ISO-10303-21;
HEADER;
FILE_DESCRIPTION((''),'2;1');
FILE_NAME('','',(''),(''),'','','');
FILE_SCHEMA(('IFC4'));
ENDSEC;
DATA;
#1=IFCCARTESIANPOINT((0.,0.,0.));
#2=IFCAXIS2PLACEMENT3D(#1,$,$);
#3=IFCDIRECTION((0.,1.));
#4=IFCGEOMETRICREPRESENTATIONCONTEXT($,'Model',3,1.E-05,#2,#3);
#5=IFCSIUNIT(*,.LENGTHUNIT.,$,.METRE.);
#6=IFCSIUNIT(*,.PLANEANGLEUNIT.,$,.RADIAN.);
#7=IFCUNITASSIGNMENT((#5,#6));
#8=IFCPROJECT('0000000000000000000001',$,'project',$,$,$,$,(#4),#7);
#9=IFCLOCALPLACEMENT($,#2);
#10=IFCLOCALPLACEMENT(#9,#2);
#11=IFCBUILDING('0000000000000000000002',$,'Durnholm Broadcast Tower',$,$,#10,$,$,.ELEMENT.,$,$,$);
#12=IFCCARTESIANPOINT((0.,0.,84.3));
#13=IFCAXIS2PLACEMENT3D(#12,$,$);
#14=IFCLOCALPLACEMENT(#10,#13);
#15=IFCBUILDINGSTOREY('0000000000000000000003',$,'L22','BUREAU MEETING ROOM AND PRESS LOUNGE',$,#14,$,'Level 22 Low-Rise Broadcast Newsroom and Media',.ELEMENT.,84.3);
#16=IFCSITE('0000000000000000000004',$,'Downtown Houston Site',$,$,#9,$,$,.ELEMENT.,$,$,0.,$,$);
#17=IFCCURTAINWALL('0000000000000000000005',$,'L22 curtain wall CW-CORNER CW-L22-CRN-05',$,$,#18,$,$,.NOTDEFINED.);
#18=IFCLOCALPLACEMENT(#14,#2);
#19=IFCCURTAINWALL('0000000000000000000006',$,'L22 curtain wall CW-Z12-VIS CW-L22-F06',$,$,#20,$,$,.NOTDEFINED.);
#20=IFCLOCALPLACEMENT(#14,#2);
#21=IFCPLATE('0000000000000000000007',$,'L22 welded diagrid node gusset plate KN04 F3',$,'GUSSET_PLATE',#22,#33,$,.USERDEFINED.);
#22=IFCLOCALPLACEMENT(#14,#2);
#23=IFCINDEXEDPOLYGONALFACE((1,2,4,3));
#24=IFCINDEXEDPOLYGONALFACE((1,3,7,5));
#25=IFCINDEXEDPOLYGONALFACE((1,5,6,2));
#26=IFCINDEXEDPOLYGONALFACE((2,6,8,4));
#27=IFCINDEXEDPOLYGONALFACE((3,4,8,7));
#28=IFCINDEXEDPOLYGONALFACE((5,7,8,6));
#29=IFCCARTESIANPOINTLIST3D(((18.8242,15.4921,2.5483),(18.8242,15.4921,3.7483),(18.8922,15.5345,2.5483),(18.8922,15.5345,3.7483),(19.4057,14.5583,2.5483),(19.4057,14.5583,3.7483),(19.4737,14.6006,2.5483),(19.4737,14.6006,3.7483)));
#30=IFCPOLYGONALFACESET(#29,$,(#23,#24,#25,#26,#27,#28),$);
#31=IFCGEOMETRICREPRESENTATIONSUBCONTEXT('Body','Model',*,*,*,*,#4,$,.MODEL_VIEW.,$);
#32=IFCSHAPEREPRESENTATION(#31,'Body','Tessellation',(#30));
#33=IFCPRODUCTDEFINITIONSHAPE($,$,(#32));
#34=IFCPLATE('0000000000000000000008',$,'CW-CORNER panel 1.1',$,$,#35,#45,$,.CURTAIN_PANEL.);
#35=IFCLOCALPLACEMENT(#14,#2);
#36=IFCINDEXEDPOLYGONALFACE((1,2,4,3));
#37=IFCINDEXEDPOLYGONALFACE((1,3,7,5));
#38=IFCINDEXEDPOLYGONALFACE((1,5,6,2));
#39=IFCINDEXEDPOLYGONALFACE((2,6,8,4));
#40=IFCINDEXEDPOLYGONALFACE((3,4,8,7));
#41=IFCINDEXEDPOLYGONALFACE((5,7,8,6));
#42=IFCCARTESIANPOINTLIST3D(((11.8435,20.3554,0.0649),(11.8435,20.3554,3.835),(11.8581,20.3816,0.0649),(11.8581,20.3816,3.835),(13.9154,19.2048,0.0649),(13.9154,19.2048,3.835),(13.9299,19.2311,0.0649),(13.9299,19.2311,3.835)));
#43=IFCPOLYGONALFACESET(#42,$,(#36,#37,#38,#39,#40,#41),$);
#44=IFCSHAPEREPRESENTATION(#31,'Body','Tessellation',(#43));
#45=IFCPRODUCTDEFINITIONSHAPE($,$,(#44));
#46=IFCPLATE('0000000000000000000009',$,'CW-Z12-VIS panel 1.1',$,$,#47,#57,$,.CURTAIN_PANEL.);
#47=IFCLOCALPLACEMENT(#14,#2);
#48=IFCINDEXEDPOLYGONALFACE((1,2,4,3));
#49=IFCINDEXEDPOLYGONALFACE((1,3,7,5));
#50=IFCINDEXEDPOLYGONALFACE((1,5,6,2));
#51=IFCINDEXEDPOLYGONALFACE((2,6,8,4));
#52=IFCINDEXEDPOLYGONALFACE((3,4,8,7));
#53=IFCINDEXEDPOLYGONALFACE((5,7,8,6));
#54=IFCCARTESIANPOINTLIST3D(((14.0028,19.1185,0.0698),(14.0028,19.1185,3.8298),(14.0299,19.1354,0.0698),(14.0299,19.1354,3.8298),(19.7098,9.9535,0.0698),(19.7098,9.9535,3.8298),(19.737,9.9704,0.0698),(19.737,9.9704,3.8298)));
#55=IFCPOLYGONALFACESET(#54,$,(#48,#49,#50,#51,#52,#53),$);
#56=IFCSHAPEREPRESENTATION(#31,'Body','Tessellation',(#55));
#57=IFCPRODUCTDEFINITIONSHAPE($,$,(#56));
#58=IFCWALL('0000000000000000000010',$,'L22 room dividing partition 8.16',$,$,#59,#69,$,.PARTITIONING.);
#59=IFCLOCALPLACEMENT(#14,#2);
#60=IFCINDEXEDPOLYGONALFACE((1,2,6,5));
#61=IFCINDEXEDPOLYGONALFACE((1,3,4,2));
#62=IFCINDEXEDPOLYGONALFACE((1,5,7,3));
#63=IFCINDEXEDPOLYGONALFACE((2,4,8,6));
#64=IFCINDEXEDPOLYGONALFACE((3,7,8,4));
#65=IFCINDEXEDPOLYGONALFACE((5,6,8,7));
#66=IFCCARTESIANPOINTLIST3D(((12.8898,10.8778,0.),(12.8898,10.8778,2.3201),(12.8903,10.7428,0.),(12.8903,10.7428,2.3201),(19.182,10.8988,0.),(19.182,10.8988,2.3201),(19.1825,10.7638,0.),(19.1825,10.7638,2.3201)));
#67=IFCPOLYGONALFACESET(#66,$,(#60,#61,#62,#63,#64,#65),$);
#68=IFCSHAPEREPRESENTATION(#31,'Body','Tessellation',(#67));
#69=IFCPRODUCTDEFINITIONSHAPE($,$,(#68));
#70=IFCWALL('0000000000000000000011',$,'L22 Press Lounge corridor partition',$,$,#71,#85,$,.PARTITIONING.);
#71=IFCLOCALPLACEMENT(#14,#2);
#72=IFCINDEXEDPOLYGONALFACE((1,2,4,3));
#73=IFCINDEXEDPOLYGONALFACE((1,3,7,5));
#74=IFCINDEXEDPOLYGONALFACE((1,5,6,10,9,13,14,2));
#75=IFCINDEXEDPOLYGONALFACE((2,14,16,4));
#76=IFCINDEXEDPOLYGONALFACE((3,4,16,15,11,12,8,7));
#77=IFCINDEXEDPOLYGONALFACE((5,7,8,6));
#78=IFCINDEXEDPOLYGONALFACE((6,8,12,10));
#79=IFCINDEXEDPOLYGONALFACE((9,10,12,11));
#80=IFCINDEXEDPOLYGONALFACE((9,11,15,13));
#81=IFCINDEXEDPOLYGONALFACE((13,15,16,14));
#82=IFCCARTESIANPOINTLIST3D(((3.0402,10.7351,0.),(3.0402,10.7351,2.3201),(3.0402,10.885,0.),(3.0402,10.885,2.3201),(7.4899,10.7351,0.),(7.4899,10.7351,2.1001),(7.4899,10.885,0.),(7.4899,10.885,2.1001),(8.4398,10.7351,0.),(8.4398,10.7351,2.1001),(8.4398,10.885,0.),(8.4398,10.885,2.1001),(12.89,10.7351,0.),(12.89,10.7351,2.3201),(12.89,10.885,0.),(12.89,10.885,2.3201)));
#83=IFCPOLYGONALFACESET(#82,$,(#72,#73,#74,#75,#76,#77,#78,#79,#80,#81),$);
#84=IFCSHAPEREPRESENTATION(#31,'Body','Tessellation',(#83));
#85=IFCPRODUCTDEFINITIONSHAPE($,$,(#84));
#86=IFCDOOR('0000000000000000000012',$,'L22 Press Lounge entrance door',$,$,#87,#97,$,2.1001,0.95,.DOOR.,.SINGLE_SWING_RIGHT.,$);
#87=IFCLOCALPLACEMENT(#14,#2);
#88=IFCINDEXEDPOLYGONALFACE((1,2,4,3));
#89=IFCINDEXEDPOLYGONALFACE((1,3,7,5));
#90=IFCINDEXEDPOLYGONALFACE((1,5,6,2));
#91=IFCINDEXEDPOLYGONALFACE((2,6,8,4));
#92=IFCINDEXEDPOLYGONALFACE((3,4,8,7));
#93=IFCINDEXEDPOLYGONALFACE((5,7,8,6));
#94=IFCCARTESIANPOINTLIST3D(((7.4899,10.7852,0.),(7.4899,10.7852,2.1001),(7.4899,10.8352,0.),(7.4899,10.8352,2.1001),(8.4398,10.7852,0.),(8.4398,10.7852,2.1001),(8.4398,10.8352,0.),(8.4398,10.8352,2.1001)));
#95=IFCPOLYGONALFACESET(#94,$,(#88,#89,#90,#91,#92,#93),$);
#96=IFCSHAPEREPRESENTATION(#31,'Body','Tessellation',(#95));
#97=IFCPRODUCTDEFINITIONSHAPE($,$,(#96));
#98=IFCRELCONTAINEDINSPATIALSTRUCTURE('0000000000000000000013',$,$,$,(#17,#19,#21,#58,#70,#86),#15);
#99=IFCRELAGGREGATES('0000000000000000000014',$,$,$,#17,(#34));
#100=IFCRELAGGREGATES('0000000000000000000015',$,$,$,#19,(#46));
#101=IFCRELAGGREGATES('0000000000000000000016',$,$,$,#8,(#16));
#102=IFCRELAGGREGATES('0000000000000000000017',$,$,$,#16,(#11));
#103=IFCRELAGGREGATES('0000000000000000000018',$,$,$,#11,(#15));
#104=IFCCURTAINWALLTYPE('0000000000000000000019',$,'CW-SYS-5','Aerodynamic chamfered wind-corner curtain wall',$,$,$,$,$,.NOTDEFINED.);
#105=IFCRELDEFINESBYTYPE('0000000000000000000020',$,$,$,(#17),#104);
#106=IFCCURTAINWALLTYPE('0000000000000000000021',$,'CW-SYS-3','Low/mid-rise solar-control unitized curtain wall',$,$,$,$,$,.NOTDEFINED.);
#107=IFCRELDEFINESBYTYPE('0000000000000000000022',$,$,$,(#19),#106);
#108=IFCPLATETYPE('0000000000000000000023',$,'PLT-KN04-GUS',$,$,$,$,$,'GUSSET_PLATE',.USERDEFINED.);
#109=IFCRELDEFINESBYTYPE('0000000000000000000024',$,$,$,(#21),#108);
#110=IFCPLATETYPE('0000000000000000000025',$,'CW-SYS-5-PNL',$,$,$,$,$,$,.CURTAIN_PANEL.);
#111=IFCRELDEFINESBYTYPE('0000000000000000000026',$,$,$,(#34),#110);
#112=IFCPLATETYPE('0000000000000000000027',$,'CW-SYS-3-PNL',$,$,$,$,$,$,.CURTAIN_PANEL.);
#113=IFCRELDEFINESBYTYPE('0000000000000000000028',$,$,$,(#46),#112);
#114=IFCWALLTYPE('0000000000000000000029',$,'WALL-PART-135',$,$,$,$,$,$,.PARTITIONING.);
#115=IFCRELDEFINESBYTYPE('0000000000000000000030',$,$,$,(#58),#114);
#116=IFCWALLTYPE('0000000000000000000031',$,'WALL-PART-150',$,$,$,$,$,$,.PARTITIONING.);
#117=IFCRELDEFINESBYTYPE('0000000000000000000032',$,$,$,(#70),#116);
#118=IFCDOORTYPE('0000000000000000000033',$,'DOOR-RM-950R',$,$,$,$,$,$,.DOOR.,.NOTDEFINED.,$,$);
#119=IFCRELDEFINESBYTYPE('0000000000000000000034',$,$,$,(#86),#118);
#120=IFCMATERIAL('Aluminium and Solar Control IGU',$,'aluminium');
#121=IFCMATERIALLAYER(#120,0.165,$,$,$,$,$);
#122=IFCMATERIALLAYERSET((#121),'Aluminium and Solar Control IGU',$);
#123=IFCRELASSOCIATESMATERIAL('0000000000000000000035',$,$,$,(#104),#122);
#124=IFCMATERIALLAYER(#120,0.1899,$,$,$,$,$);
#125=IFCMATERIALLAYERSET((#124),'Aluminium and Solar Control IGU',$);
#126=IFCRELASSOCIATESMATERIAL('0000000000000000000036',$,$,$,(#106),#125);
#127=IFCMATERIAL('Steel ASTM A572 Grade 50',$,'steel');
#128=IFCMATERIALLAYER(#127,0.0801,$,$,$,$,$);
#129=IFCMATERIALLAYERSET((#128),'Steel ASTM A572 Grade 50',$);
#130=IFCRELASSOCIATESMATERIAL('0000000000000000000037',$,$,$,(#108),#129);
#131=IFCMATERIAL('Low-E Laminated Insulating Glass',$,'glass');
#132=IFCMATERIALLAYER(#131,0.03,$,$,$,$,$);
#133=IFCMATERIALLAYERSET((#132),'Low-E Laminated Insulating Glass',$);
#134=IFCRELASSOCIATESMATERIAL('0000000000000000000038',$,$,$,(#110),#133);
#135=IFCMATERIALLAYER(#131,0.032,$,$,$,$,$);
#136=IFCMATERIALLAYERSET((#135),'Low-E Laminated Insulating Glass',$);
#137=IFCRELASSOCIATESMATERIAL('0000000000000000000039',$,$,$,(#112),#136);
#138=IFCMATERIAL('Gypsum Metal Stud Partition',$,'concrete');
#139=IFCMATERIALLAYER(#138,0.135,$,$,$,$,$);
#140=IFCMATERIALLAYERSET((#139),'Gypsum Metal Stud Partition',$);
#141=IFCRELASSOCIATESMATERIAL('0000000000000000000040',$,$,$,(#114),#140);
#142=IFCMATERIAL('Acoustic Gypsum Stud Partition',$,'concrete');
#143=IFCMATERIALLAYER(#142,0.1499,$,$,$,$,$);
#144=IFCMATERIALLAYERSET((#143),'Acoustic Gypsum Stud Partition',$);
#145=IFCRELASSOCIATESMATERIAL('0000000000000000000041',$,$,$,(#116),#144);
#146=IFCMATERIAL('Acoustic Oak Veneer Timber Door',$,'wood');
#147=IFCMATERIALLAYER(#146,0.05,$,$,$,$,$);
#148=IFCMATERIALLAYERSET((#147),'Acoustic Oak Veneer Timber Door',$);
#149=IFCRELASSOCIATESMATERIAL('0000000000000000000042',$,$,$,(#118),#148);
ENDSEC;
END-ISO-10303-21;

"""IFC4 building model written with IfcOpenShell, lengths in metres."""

from ifc_helpers import new_model, si_unit, direction, frame, frame_2d, origin, origin_2d, place, context, subcontext, project, spatial, rectangle, extrude, source, transform, mapped, material, layer, layer_set, type_object, type_shapes, element, fill, aggregate, save


model = new_model("IFC4")

# Units and contexts
model_context = context("Model", 3, precision=1e-05, world=origin(), true_north=direction((0.0, 1.0)))
body_context = subcontext(model_context, "Body", "Model", "MODEL_VIEW")
ifc_project = project(units=[si_unit("LENGTHUNIT", "METRE"), si_unit("PLANEANGLEUNIT", "RADIAN")], contexts=[model_context])

# Site, building, storey
site_placement = place(None, origin())
site = spatial("IfcSite", under=ifc_project, at=site_placement, Name="Downtown Houston Site", CompositionType="ELEMENT", RefElevation=0.0)
building_placement = place(site_placement, origin())
building = spatial("IfcBuilding", under=site, at=building_placement, Name="Durnholm Broadcast Tower", CompositionType="ELEMENT")
storey_placement = place(building_placement, frame((0.0, 0.0, 84.3)))
storey = spatial("IfcBuildingStorey", under=building, at=storey_placement, Name="L22", Description="BUREAU MEETING ROOM AND PRESS LOUNGE", LongName="Level 22 Low-Rise Broadcast Newsroom and Media", CompositionType="ELEMENT", Elevation=84.3)

# Curtain walls
ifc_material_1 = material(Name="Aluminium and Solar Control IGU", Category="aluminium")
ifc_layer_1 = layer(ifc_material_1, 0.165)
ifc_layer_set_1 = layer_set([ifc_layer_1], Name="Aluminium and Solar Control IGU")
curtain_wall_type_1 = type_object("IfcCurtainWallType", Name="CW-SYS-5", Description="Aerodynamic chamfered wind-corner curtain wall", PredefinedType="NOTDEFINED", material=ifc_layer_set_1)
curtain_wall_1_placement = place(storey_placement, origin())
curtain_wall_1 = element("IfcCurtainWall", 1, at=curtain_wall_1_placement, inside=storey, type_object=curtain_wall_type_1, Name="L22 curtain wall CW-CORNER CW-L22-CRN-05", PredefinedType="NOTDEFINED")
ifc_layer_2 = layer(ifc_material_1, 0.1899)
ifc_layer_set_2 = layer_set([ifc_layer_2], Name="Aluminium and Solar Control IGU")
curtain_wall_type_2 = type_object("IfcCurtainWallType", Name="CW-SYS-3", Description="Low/mid-rise solar-control unitized curtain wall", PredefinedType="NOTDEFINED", material=ifc_layer_set_2)
curtain_wall_2_placement = place(storey_placement, origin())
curtain_wall_2 = element("IfcCurtainWall", 2, at=curtain_wall_2_placement, inside=storey, type_object=curtain_wall_type_2, Name="L22 curtain wall CW-Z12-VIS CW-L22-F06", PredefinedType="NOTDEFINED")

# Plates
ifc_material_2 = material(Name="Steel ASTM A572 Grade 50", Category="steel")
ifc_layer_3 = layer(ifc_material_2, 0.0801)
ifc_layer_set_3 = layer_set([ifc_layer_3], Name="Steel ASTM A572 Grade 50")
plate_type_1 = type_object("IfcPlateType", Name="PLT-KN04-GUS", ElementType="GUSSET_PLATE", PredefinedType="USERDEFINED", material=ifc_layer_set_3)
shared_shape_1 = source(origin(), body_context, "Body", "SweptSolid", [
    extrude(rectangle(XDim=1.1001, YDim=0.0801, at=origin_2d()), origin(), (0.0, 0.0, 1.0), 1.2),
])
type_shapes(plate_type_1, [shared_shape_1])
plate_1_placement = place(storey_placement, frame((19.1489, 15.0464, 2.5483), z_axis=(0.0, 0.0, 1.0), x_axis=(-0.528587, 0.848879, 0.0)))
element("IfcPlate", 3, at=plate_1_placement, inside=storey, type_object=plate_type_1, Name="L22 welded diagrid node gusset plate KN04 F3", ObjectType="GUSSET_PLATE", PredefinedType="USERDEFINED", context=body_context, shape_type="MappedRepresentation", body=[
    mapped(shared_shape_1, transform((0.0, 0.0, 0.0), x_axis=(1.0, 0.0, 0.0), y_axis=(0.0, 1.0, 0.0), z_axis=(0.0, 0.0, 1.0), scale=1.0)),
])
ifc_material_3 = material(Name="Low-E Laminated Insulating Glass", Category="glass")
ifc_layer_4 = layer(ifc_material_3, 0.03)
ifc_layer_set_4 = layer_set([ifc_layer_4], Name="Low-E Laminated Insulating Glass")
plate_type_2 = type_object("IfcPlateType", Name="CW-SYS-5-PNL", PredefinedType="CURTAIN_PANEL", material=ifc_layer_set_4)
shared_shape_2 = source(origin(), body_context, "Body", "SweptSolid", [
    extrude(rectangle(XDim=2.3699, YDim=0.03, at=origin_2d()), origin(), (0.0, 0.0, 1.0), 3.77),
])
type_shapes(plate_type_2, [shared_shape_2])
plate_2_placement = place(storey_placement, frame((12.8867, 19.7932, 0.0649), z_axis=(0.0, 0.0, 1.0), x_axis=(0.874246, -0.485483, 0.0)))
plate_2 = element("IfcPlate", 4, at=plate_2_placement, type_object=plate_type_2, Name="CW-CORNER panel 1.1", PredefinedType="CURTAIN_PANEL", context=body_context, shape_type="MappedRepresentation", body=[
    mapped(shared_shape_2, transform((0.0, 0.0, 0.0), x_axis=(1.0, 0.0, 0.0), y_axis=(0.0, 1.0, 0.0), z_axis=(0.0, 0.0, 1.0), scale=1.0)),
])
aggregate(curtain_wall_1, [plate_2])
ifc_layer_5 = layer(ifc_material_3, 0.032)
ifc_layer_set_5 = layer_set([ifc_layer_5], Name="Low-E Laminated Insulating Glass")
plate_type_3 = type_object("IfcPlateType", Name="CW-SYS-3-PNL", PredefinedType="CURTAIN_PANEL", material=ifc_layer_set_5)
shared_shape_3 = source(origin(), body_context, "Body", "SweptSolid", [
    extrude(rectangle(XDim=10.7966, YDim=0.032, at=origin_2d()), origin(), (0.0, 0.0, 1.0), 3.76),
])
type_shapes(plate_type_3, [shared_shape_3])
plate_3_placement = place(storey_placement, frame((16.8699, 14.5444, 0.0698), z_axis=(0.0, 0.0, 1.0), x_axis=(0.528592, -0.848876, 0.0)))
plate_3 = element("IfcPlate", 5, at=plate_3_placement, type_object=plate_type_3, Name="CW-Z12-VIS panel 1.1", PredefinedType="CURTAIN_PANEL", context=body_context, shape_type="MappedRepresentation", body=[
    mapped(shared_shape_3, transform((0.0, 0.0, 0.0), x_axis=(1.0, 0.0, 0.0), y_axis=(0.0, 1.0, 0.0), z_axis=(0.0, 0.0, 1.0), scale=1.0)),
])
aggregate(curtain_wall_2, [plate_3])

# Wall
ifc_material_4 = material(Name="Gypsum Metal Stud Partition", Category="concrete")
ifc_layer_6 = layer(ifc_material_4, 0.135)
ifc_layer_set_6 = layer_set([ifc_layer_6], Name="Gypsum Metal Stud Partition")
wall_type_1 = type_object("IfcWallType", Name="WALL-PART-135", PredefinedType="PARTITIONING", material=ifc_layer_set_6)
wall_1_placement = place(storey_placement, frame((19.1821, 10.8313, 0.0), z_axis=(0.0, 0.0, 1.0), x_axis=(-0.999994, -0.003337, 0.0)))
element("IfcWall", 6, at=wall_1_placement, inside=storey, type_object=wall_type_1, Name="L22 room dividing partition 8.16", PredefinedType="PARTITIONING", context=body_context, shape_type="SweptSolid", body=[
    extrude(rectangle(XDim=6.2922, YDim=0.135, at=frame_2d((3.146, 0.0))), origin(), (0.0, 0.0, 1.0), 2.3201),
])

# Wall, opening, door
ifc_material_5 = material(Name="Acoustic Gypsum Stud Partition", Category="concrete")
ifc_layer_7 = layer(ifc_material_5, 0.1499)
ifc_layer_set_7 = layer_set([ifc_layer_7], Name="Acoustic Gypsum Stud Partition")
wall_type_2 = type_object("IfcWallType", Name="WALL-PART-150", PredefinedType="PARTITIONING", material=ifc_layer_set_7)
wall_2_placement = place(storey_placement, frame((12.8899, 10.8101, 0.0), z_axis=(0.0, 0.0, 1.0), x_axis=(-1.0, 0.0, 0.0)))
wall_2 = element("IfcWall", 7, at=wall_2_placement, inside=storey, type_object=wall_type_2, Name="L22 Press Lounge corridor partition", PredefinedType="PARTITIONING", context=body_context, shape_type="SweptSolid", body=[
    extrude(rectangle(XDim=9.8499, YDim=0.1499, at=frame_2d((4.9248, 0.0))), origin(), (0.0, 0.0, 1.0), 2.3201),
])
opening_placement = place(wall_2_placement, frame((4.45, 0.0, 0.0)))
opening = element("IfcOpeningElement", 8, at=opening_placement, cuts=wall_2, PredefinedType="OPENING", context=body_context, shape_type="SweptSolid", body=[
    extrude(rectangle(XDim=0.95, YDim=2.1001, at=frame_2d((0.4751, 1.05))), frame((0.0, 0.085, 0.0), z_axis=(0.0, -1.0, 0.0), x_axis=(1.0, 0.0, 0.0)), (0.0, 0.0, 1.0), 0.1699),
])
ifc_material_6 = material(Name="Acoustic Oak Veneer Timber Door", Category="wood")
ifc_layer_8 = layer(ifc_material_6, 0.05)
ifc_layer_set_8 = layer_set([ifc_layer_8], Name="Acoustic Oak Veneer Timber Door")
door_type = type_object("IfcDoorType", Name="DOOR-RM-950R", OperationType="NOTDEFINED", PredefinedType="DOOR", material=ifc_layer_set_8)
shared_shape_4 = source(origin(), body_context, "Body", "SweptSolid", [
    extrude(rectangle(XDim=0.95, YDim=2.1001, at=frame_2d((0.4751, 1.05))), frame((0.0, 0.0249, 0.0), z_axis=(0.0, -1.0, 0.0), x_axis=(1.0, 0.0, 0.0)), (0.0, 0.0, 1.0), 0.05),
])
type_shapes(door_type, [shared_shape_4])
door_placement = place(opening_placement, origin())
door = element("IfcDoor", 9, at=door_placement, inside=storey, type_object=door_type, Name="L22 Press Lounge entrance door", OperationType="SINGLE_SWING_RIGHT", OverallHeight=2.1001, OverallWidth=0.95, PredefinedType="DOOR", context=body_context, shape_type="MappedRepresentation", body=[
    mapped(shared_shape_4, transform((0.0, 0.0, 0.0), x_axis=(1.0, 0.0, 0.0), y_axis=(0.0, 1.0, 0.0), z_axis=(0.0, 0.0, 1.0), scale=1.0)),
])
fill(opening, door)

save(model, "model.ifc")
